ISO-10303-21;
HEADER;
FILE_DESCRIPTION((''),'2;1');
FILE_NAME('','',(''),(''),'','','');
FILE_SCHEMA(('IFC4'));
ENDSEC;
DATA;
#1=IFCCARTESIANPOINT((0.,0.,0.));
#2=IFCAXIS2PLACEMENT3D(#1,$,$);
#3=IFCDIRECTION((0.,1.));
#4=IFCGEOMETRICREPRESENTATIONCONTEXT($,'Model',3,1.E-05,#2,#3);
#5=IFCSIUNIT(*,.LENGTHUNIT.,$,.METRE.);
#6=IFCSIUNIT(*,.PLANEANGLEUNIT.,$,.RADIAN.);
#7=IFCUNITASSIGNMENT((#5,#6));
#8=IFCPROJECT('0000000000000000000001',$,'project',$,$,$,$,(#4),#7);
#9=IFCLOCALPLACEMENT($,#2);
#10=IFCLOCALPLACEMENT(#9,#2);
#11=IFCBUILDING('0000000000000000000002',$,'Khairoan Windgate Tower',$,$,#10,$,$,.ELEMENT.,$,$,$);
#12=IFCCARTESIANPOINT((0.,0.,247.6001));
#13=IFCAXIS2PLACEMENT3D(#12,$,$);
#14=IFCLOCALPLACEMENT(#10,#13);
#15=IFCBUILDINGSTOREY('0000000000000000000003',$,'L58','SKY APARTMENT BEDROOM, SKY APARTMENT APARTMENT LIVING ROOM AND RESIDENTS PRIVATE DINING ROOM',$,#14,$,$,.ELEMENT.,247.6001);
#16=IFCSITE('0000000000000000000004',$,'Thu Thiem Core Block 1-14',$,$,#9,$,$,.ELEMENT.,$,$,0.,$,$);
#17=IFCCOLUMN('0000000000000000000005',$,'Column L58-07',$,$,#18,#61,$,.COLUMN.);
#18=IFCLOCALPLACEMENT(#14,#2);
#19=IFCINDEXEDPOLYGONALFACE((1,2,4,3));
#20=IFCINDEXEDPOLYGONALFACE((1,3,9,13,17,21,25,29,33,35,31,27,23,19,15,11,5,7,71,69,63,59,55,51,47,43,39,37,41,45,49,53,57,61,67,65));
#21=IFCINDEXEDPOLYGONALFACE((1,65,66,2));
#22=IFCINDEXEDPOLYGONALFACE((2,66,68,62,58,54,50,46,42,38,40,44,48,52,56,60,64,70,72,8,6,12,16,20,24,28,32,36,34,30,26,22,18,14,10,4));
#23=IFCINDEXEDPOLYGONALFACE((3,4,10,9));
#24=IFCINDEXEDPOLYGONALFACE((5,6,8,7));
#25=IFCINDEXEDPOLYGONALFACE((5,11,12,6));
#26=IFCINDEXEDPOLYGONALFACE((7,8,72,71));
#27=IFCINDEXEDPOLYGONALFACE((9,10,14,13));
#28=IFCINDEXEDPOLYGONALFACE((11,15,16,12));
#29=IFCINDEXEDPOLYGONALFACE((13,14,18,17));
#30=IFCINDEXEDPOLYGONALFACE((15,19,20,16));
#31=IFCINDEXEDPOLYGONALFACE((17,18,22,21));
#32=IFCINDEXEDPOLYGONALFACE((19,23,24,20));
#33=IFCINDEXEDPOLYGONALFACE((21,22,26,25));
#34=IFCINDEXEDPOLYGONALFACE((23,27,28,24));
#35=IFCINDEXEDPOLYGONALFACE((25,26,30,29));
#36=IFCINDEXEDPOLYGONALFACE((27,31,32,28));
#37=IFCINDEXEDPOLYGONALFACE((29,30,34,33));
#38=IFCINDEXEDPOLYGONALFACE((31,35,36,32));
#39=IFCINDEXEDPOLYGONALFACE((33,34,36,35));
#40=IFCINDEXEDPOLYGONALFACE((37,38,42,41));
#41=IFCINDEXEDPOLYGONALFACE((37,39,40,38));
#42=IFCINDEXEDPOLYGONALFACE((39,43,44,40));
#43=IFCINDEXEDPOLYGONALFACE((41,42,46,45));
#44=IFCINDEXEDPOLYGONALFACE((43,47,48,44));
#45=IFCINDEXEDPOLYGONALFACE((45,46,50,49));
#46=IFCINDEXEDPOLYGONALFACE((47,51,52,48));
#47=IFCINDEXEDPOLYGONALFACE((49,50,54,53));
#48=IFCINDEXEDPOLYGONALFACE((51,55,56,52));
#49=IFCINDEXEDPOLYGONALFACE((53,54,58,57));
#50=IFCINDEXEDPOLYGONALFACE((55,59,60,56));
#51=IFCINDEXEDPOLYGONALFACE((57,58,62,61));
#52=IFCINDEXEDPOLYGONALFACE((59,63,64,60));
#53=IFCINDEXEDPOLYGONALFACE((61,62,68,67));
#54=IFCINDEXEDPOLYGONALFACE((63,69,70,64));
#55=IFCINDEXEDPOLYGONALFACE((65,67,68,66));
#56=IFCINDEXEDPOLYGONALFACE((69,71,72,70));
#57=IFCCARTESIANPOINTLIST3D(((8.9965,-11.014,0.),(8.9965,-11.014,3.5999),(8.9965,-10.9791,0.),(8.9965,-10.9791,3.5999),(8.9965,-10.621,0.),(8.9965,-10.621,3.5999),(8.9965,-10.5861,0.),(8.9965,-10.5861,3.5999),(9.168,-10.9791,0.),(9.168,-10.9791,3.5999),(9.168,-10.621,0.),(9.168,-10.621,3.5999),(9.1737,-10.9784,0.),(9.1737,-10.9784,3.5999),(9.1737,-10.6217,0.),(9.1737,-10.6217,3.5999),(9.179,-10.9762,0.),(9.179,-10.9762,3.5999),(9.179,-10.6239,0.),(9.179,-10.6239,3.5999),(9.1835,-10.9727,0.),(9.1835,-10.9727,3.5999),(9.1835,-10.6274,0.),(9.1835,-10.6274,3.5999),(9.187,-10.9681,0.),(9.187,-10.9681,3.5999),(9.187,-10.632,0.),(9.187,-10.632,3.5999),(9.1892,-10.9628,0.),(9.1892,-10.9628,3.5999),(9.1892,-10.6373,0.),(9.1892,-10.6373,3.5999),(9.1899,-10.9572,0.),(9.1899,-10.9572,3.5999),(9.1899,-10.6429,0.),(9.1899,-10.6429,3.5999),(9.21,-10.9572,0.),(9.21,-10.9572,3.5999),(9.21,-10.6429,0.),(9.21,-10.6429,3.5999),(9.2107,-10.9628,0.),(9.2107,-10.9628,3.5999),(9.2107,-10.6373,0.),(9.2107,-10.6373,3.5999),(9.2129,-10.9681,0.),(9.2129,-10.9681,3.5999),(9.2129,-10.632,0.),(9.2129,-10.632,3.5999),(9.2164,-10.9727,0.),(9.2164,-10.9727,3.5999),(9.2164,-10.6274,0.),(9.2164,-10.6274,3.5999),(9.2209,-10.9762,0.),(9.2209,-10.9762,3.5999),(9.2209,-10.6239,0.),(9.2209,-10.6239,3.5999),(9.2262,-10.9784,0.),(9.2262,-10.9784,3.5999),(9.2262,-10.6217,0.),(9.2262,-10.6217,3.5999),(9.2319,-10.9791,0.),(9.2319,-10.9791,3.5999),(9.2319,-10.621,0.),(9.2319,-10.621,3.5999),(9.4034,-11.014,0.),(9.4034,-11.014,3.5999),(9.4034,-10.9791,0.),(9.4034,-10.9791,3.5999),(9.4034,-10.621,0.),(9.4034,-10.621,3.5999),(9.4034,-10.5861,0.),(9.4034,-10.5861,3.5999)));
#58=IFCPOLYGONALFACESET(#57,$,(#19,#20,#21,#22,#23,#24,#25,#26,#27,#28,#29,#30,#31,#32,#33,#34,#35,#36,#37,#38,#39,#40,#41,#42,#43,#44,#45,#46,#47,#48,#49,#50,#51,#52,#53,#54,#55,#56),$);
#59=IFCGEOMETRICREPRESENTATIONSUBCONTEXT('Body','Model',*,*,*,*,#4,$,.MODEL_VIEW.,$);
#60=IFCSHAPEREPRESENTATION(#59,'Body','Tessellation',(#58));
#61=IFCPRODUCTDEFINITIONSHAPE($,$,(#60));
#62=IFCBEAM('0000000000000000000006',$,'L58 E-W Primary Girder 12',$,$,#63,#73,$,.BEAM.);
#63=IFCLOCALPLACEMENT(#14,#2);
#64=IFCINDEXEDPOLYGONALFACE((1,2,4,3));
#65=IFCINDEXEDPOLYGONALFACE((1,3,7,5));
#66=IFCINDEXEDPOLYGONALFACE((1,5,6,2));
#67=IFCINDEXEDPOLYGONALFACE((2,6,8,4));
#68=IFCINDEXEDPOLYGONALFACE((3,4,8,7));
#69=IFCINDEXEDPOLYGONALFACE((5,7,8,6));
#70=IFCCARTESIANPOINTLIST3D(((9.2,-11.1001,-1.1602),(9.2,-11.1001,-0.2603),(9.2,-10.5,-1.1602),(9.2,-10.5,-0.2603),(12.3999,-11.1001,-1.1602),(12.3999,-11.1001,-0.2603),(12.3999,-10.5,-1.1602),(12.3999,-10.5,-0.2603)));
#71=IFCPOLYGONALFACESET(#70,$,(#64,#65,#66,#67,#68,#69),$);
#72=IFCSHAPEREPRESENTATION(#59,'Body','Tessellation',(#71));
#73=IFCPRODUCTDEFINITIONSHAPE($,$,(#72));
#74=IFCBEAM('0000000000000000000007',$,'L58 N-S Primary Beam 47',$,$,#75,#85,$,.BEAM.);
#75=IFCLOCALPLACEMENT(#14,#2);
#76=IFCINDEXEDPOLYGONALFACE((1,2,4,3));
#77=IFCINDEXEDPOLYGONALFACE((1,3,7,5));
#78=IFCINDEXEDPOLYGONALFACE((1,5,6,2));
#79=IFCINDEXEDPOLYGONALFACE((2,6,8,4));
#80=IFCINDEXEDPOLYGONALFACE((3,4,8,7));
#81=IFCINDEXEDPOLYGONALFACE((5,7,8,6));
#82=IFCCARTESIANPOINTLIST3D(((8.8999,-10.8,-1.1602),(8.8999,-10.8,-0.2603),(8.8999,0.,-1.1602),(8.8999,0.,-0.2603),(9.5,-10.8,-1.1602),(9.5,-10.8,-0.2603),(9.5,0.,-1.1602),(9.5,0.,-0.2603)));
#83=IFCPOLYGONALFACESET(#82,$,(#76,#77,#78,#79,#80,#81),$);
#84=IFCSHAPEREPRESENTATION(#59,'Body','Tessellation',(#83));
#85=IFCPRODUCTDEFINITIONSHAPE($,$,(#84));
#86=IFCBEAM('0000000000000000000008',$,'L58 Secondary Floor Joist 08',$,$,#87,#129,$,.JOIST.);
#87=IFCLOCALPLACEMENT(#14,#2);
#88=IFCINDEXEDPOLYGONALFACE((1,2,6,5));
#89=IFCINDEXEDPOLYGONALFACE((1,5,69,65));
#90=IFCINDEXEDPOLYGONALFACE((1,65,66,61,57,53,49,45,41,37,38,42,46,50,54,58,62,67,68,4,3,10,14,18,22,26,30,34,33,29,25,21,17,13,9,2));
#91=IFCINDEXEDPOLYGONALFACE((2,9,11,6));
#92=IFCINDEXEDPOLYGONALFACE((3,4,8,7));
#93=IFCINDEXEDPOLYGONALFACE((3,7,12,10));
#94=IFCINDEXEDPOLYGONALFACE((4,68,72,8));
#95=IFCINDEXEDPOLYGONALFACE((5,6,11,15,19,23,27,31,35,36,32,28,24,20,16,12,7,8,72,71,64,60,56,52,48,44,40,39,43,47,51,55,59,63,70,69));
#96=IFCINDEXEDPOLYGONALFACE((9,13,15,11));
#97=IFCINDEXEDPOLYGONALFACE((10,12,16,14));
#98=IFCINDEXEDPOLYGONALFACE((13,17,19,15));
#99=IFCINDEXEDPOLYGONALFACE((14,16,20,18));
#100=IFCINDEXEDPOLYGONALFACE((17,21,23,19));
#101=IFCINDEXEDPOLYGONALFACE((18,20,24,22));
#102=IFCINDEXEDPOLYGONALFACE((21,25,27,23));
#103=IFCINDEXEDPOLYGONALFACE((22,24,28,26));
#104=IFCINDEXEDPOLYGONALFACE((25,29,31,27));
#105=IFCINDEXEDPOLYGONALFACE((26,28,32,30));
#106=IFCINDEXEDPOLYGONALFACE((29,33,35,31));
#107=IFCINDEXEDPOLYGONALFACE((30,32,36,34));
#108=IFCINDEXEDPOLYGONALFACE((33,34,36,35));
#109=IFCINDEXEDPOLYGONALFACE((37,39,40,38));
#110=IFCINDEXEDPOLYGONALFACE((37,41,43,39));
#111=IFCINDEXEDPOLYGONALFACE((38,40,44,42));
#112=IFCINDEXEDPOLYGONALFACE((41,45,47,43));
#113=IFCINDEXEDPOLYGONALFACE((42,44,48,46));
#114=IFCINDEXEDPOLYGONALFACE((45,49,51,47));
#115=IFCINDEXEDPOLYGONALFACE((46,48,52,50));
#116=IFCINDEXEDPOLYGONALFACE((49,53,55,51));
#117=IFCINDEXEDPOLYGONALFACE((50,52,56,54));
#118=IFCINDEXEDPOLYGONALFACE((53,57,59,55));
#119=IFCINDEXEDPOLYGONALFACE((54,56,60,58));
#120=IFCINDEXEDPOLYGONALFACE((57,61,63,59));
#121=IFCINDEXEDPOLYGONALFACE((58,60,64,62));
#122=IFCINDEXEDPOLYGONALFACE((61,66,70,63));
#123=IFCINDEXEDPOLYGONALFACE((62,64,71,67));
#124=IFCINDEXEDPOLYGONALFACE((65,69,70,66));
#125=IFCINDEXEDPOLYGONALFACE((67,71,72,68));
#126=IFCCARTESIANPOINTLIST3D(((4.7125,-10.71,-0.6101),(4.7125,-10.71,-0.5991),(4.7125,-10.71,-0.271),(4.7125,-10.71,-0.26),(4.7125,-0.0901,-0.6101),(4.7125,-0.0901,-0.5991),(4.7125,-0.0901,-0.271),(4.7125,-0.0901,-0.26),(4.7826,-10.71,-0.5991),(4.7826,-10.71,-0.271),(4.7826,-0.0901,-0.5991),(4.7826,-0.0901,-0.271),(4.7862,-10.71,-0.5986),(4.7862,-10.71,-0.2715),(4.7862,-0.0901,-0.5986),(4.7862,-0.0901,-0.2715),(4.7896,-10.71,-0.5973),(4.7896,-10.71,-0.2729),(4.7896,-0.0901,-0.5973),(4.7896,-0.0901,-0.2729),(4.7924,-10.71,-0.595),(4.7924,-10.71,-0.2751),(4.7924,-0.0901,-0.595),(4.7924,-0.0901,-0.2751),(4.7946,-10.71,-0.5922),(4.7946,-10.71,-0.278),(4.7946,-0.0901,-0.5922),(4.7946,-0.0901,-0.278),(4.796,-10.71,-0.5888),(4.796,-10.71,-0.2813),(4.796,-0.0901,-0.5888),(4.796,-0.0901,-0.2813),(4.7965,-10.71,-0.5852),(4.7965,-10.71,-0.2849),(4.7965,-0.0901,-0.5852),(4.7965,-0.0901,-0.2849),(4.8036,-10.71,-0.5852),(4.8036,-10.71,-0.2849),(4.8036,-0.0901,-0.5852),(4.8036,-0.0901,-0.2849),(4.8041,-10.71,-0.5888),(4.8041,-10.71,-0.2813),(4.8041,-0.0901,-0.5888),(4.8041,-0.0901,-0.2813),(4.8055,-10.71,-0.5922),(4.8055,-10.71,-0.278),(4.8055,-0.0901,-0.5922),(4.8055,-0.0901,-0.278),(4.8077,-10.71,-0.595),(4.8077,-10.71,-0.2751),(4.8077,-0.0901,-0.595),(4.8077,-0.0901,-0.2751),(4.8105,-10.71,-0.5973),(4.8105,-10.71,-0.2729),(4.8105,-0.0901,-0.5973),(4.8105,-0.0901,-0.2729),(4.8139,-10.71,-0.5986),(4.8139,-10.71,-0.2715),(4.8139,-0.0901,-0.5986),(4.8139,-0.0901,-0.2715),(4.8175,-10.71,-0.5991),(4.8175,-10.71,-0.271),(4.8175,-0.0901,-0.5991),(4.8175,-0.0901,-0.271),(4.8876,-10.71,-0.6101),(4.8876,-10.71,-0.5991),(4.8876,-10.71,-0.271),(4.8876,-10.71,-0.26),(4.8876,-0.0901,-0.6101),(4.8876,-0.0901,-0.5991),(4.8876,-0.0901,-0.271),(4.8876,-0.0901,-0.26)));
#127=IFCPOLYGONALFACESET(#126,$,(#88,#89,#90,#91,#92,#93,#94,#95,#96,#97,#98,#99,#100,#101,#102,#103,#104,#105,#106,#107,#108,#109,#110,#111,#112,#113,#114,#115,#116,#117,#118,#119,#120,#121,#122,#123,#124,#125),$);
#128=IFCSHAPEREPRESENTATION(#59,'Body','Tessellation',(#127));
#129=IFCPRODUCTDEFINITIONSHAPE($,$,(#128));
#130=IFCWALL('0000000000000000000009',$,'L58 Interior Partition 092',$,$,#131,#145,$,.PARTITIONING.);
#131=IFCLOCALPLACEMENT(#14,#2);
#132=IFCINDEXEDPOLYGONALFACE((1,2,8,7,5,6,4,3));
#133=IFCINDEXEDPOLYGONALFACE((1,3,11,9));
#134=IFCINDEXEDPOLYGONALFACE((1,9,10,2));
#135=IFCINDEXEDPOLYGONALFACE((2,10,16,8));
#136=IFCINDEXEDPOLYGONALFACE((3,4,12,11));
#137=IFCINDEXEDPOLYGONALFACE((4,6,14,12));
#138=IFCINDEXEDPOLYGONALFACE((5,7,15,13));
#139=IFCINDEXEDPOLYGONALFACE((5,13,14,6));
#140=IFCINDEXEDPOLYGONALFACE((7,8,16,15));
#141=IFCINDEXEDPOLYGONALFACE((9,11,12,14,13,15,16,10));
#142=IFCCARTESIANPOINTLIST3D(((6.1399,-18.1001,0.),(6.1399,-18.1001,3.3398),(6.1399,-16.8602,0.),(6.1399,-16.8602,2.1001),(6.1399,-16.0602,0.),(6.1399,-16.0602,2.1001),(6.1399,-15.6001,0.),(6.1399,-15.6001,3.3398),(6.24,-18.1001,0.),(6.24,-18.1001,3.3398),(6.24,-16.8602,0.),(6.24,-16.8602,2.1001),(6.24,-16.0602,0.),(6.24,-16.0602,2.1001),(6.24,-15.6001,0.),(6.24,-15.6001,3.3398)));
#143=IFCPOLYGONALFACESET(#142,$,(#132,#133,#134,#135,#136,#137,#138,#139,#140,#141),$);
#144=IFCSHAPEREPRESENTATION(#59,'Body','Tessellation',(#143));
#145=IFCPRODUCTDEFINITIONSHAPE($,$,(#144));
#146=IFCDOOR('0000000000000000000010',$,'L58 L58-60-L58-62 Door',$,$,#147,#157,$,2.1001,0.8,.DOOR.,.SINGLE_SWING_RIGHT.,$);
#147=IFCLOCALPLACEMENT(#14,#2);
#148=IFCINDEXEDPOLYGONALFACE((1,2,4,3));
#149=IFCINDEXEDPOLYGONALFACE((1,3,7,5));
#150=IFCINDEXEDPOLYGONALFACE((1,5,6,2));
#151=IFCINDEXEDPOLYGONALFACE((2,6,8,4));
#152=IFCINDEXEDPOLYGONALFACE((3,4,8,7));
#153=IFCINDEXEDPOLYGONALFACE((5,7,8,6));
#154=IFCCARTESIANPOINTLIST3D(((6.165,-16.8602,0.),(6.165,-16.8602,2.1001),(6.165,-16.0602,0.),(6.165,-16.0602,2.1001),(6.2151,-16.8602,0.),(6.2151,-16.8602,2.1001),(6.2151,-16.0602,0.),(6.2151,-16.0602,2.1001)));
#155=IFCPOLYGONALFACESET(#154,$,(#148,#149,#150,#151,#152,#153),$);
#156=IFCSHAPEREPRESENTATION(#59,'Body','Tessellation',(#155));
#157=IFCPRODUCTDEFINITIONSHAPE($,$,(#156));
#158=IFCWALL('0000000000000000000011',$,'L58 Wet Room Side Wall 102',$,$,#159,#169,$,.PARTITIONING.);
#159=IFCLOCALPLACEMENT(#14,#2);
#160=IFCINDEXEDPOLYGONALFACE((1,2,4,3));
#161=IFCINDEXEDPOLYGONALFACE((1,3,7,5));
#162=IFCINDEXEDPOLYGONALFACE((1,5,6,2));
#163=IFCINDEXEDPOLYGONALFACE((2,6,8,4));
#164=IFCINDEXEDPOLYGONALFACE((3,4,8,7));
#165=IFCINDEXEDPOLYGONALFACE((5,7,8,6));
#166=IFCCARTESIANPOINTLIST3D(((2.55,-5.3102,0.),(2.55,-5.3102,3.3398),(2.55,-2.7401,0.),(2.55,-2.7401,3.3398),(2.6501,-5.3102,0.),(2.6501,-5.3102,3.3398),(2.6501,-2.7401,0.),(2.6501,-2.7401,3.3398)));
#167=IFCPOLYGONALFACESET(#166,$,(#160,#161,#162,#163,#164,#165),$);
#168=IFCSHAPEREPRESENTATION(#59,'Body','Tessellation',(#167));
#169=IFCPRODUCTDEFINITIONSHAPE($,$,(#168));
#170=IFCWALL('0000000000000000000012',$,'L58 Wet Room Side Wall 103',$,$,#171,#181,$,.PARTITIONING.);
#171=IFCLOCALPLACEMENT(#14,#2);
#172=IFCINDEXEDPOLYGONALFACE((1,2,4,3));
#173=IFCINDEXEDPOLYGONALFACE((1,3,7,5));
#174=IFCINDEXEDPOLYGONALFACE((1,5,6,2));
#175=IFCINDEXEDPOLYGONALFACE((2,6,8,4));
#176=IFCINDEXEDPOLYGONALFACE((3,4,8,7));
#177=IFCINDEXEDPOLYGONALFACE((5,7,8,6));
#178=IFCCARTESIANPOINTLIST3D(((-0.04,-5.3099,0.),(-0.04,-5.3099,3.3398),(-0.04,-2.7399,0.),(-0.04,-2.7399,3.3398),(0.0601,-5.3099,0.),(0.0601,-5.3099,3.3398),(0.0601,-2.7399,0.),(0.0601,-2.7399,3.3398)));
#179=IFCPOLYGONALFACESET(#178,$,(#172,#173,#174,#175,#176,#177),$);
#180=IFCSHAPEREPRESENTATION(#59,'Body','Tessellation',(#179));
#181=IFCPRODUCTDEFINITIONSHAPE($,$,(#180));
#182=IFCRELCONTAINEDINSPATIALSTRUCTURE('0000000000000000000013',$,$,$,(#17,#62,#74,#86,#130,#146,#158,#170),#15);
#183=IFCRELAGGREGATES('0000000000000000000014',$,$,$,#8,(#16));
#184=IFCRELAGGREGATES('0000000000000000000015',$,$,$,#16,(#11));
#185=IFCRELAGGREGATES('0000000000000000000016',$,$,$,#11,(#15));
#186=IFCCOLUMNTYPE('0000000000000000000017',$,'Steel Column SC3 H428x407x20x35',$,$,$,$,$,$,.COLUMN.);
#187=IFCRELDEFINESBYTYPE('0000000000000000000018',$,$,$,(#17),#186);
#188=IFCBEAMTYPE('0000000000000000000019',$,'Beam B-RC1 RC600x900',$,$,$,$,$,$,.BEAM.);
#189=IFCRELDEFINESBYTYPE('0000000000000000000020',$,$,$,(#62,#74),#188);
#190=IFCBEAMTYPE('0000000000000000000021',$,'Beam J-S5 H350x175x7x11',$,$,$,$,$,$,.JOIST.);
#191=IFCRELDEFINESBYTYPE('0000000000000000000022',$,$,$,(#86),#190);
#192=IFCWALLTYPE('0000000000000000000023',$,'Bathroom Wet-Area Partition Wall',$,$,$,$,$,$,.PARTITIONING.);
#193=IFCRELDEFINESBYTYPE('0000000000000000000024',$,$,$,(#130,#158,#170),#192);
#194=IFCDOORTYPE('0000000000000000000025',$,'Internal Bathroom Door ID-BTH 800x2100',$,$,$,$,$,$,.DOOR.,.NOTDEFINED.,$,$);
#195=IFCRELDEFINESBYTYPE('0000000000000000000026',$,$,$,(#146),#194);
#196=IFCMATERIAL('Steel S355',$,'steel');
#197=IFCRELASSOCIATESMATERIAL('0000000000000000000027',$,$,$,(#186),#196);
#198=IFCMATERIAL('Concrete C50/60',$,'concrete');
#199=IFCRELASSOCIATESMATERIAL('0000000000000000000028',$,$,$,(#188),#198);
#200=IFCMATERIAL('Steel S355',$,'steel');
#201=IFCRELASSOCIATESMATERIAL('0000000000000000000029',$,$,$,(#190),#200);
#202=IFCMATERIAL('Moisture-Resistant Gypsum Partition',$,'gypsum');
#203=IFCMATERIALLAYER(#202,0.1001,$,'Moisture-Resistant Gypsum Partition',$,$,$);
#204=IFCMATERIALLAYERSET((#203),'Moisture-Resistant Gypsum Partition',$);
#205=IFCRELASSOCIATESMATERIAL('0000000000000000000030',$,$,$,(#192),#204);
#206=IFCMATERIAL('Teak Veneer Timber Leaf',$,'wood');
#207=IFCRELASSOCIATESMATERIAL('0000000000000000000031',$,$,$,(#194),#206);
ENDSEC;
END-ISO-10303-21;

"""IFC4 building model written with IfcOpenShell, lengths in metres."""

from ifc_helpers import new_model, si_unit, direction, frame, frame_2d, origin, origin_2d, place, context, subcontext, project, spatial, rectangle, i_section, extrude, material, layer, layer_set, material_profile, profile_set, type_object, element, fill, save


model = new_model("IFC4")

# Units and contexts
model_context = context("Model", 3, precision=1e-05, world=origin(), true_north=direction((0.0, 1.0)))
body_context = subcontext(model_context, "Body", "Model", "MODEL_VIEW")
ifc_project = project(units=[si_unit("LENGTHUNIT", "METRE"), si_unit("PLANEANGLEUNIT", "RADIAN")], contexts=[model_context])

# Site, building, storey
site_placement = place(None, origin())
site = spatial("IfcSite", under=ifc_project, at=site_placement, Name="Thu Thiem Core Block 1-14", CompositionType="ELEMENT", RefElevation=0.0)
building_placement = place(site_placement, origin())
building = spatial("IfcBuilding", under=site, at=building_placement, Name="Khairoan Windgate Tower", CompositionType="ELEMENT")
storey_placement = place(building_placement, frame((0.0, 0.0, 247.6001)))
storey = spatial("IfcBuildingStorey", under=building, at=storey_placement, Name="L58", Description="SKY APARTMENT BEDROOM, SKY APARTMENT APARTMENT LIVING ROOM AND RESIDENTS PRIVATE DINING ROOM", CompositionType="ELEMENT", Elevation=247.6001)

# Column
ifc_material_1 = material(Name="Steel S355", Category="steel")
ifc_material_profile_1 = material_profile(ifc_material_1, i_section(OverallWidth=0.407, OverallDepth=0.428, WebThickness=0.02, FlangeThickness=0.0349, FilletRadius=0.022, at=origin_2d()))
ifc_profile_set_1 = profile_set([ifc_material_profile_1], Name="Steel S355")
column_type = type_object("IfcColumnType", Name="Steel Column SC3 H428x407x20x35", PredefinedType="COLUMN", material=ifc_profile_set_1)
column_placement = place(storey_placement, frame((9.2, -10.8, 0.0), z_axis=(0.0, 0.0, 1.0), x_axis=(1.0, 0.0, 0.0)))
element("IfcColumn", 1, at=column_placement, inside=storey, type_object=column_type, Name="Column L58-07", PredefinedType="COLUMN", context=body_context, shape_type="SweptSolid", body=[
    extrude(i_section(OverallWidth=0.407, OverallDepth=0.428, WebThickness=0.02, FlangeThickness=0.0349, FilletRadius=0.022, at=origin_2d()), origin(), (0.0, 0.0, 1.0), 3.5999),
])

# Beams
ifc_material_2 = material(Name="Concrete C50/60", Category="concrete")
ifc_material_profile_2 = material_profile(ifc_material_2, rectangle(XDim=0.6001, YDim=0.8999, at=origin_2d()))
ifc_profile_set_2 = profile_set([ifc_material_profile_2], Name="Concrete C50/60")
beam_type_1 = type_object("IfcBeamType", Name="Beam B-RC1 RC600x900", PredefinedType="BEAM", material=ifc_profile_set_2)
beam_1_placement = place(storey_placement, frame((9.2, -10.8, -0.7102), z_axis=(1.0, 0.0, 0.0), x_axis=(0.0, 1.0, 0.0)))
element("IfcBeam", 2, at=beam_1_placement, inside=storey, type_object=beam_type_1, Name="L58 E-W Primary Girder 12", PredefinedType="BEAM", context=body_context, shape_type="SweptSolid", body=[
    extrude(rectangle(XDim=0.6001, YDim=0.8999, at=origin_2d()), origin(), (0.0, 0.0, 1.0), 3.2),
])
beam_2_placement = place(storey_placement, frame((9.2, -10.8, -0.7102), z_axis=(0.0, 1.0, 0.0), x_axis=(-1.0, 0.0, 0.0)))
element("IfcBeam", 3, at=beam_2_placement, inside=storey, type_object=beam_type_1, Name="L58 N-S Primary Beam 47", PredefinedType="BEAM", context=body_context, shape_type="SweptSolid", body=[
    extrude(rectangle(XDim=0.6001, YDim=0.8999, at=origin_2d()), origin(), (0.0, 0.0, 1.0), 10.8),
])
ifc_material_3 = material(Name="Steel S355", Category="steel")
ifc_material_profile_3 = material_profile(ifc_material_3, i_section(OverallWidth=0.175, OverallDepth=0.3501, WebThickness=0.0071, FlangeThickness=0.011, FilletRadius=0.0139, at=origin_2d()))
ifc_profile_set_3 = profile_set([ifc_material_profile_3], Name="Steel S355")
beam_type_2 = type_object("IfcBeamType", Name="Beam J-S5 H350x175x7x11", PredefinedType="JOIST", material=ifc_profile_set_3)
beam_3_placement = place(storey_placement, frame((4.8, -10.71, -0.4351), z_axis=(0.0, 1.0, 0.0), x_axis=(-1.0, 0.0, 0.0)))
element("IfcBeam", 4, at=beam_3_placement, inside=storey, type_object=beam_type_2, Name="L58 Secondary Floor Joist 08", PredefinedType="JOIST", context=body_context, shape_type="SweptSolid", body=[
    extrude(i_section(OverallWidth=0.175, OverallDepth=0.3501, WebThickness=0.0071, FlangeThickness=0.011, FilletRadius=0.0139, at=origin_2d()), origin(), (0.0, 0.0, 1.0), 10.6199),
])

# Wall, opening, door
ifc_material_4 = material(Name="Moisture-Resistant Gypsum Partition", Category="gypsum")
ifc_layer_1 = layer(ifc_material_4, 0.1001, Name="Moisture-Resistant Gypsum Partition")
ifc_layer_set_1 = layer_set([ifc_layer_1], Name="Moisture-Resistant Gypsum Partition")
wall_type_1 = type_object("IfcWallType", Name="Bathroom Wet-Area Partition Wall", PredefinedType="PARTITIONING", material=ifc_layer_set_1)
wall_1_placement = place(storey_placement, frame((6.1899, -18.1001, 0.0), z_axis=(0.0, 0.0, 1.0), x_axis=(0.0, 1.0, 0.0)))
wall_1 = element("IfcWall", 5, at=wall_1_placement, inside=storey, type_object=wall_type_1, Name="L58 Interior Partition 092", PredefinedType="PARTITIONING", context=body_context, shape_type="SweptSolid", body=[
    extrude(rectangle(XDim=2.5, YDim=0.1001, at=frame_2d((1.25, 0.0))), origin(), (0.0, 0.0, 1.0), 3.3398),
])
opening_1_placement = place(wall_1_placement, frame((1.24, 0.0, 0.0)))
opening_1 = element("IfcOpeningElement", 6, at=opening_1_placement, cuts=wall_1, PredefinedType="OPENING", context=body_context, shape_type="SweptSolid", body=[
    extrude(rectangle(XDim=0.8, YDim=2.1001, at=frame_2d((0.3999, 1.05))), frame((0.0, 0.0601, 0.0), z_axis=(0.0, -1.0, 0.0), x_axis=(1.0, 0.0, 0.0)), (0.0, 0.0, 1.0), 0.1201),
])
ifc_material_5 = material(Name="Teak Veneer Timber Leaf", Category="wood")
door_type_1 = type_object("IfcDoorType", Name="Internal Bathroom Door ID-BTH 800x2100", OperationType="NOTDEFINED", PredefinedType="DOOR", material=ifc_material_5)
door_1_placement = place(opening_1_placement, origin())
door_1 = element("IfcDoor", 7, at=door_1_placement, inside=storey, type_object=door_type_1, Name="L58 L58-60-L58-62 Door", OperationType="SINGLE_SWING_RIGHT", OverallHeight=2.1001, OverallWidth=0.8, PredefinedType="DOOR", context=body_context, shape_type="SweptSolid", body=[
    extrude(rectangle(XDim=0.8, YDim=2.1001, at=frame_2d((0.3999, 1.05))), frame((0.0, 0.0249, 0.0), z_axis=(0.0, -1.0, 0.0), x_axis=(1.0, 0.0, 0.0)), (0.0, 0.0, 1.0), 0.05),
])
fill(opening_1, door_1)

# Walls
for number, where, z_axis, x_axis, name in (
    (8, (2.6001, -2.74, 0.0), (0.0, 0.0, 1.0), (0.0, -1.0, 0.0), "L58 Wet Room Side Wall 102"),
    (9, (0.01, -5.3101, 0.0), (0.0, 0.0, 1.0), (0.0, 1.0, 0.0), "L58 Wet Room Side Wall 103"),
):
    element("IfcWall", number, at=place(storey_placement, frame(where, z_axis=z_axis, x_axis=x_axis)), inside=storey, type_object=wall_type_1, Name=name, PredefinedType="PARTITIONING", context=body_context, shape_type="SweptSolid", body=[
        extrude(rectangle(XDim=2.5701, YDim=0.1001, at=frame_2d((1.2852, 0.0))), origin(), (0.0, 0.0, 1.0), 3.3398),
    ])

save(model, "model.ifc")
